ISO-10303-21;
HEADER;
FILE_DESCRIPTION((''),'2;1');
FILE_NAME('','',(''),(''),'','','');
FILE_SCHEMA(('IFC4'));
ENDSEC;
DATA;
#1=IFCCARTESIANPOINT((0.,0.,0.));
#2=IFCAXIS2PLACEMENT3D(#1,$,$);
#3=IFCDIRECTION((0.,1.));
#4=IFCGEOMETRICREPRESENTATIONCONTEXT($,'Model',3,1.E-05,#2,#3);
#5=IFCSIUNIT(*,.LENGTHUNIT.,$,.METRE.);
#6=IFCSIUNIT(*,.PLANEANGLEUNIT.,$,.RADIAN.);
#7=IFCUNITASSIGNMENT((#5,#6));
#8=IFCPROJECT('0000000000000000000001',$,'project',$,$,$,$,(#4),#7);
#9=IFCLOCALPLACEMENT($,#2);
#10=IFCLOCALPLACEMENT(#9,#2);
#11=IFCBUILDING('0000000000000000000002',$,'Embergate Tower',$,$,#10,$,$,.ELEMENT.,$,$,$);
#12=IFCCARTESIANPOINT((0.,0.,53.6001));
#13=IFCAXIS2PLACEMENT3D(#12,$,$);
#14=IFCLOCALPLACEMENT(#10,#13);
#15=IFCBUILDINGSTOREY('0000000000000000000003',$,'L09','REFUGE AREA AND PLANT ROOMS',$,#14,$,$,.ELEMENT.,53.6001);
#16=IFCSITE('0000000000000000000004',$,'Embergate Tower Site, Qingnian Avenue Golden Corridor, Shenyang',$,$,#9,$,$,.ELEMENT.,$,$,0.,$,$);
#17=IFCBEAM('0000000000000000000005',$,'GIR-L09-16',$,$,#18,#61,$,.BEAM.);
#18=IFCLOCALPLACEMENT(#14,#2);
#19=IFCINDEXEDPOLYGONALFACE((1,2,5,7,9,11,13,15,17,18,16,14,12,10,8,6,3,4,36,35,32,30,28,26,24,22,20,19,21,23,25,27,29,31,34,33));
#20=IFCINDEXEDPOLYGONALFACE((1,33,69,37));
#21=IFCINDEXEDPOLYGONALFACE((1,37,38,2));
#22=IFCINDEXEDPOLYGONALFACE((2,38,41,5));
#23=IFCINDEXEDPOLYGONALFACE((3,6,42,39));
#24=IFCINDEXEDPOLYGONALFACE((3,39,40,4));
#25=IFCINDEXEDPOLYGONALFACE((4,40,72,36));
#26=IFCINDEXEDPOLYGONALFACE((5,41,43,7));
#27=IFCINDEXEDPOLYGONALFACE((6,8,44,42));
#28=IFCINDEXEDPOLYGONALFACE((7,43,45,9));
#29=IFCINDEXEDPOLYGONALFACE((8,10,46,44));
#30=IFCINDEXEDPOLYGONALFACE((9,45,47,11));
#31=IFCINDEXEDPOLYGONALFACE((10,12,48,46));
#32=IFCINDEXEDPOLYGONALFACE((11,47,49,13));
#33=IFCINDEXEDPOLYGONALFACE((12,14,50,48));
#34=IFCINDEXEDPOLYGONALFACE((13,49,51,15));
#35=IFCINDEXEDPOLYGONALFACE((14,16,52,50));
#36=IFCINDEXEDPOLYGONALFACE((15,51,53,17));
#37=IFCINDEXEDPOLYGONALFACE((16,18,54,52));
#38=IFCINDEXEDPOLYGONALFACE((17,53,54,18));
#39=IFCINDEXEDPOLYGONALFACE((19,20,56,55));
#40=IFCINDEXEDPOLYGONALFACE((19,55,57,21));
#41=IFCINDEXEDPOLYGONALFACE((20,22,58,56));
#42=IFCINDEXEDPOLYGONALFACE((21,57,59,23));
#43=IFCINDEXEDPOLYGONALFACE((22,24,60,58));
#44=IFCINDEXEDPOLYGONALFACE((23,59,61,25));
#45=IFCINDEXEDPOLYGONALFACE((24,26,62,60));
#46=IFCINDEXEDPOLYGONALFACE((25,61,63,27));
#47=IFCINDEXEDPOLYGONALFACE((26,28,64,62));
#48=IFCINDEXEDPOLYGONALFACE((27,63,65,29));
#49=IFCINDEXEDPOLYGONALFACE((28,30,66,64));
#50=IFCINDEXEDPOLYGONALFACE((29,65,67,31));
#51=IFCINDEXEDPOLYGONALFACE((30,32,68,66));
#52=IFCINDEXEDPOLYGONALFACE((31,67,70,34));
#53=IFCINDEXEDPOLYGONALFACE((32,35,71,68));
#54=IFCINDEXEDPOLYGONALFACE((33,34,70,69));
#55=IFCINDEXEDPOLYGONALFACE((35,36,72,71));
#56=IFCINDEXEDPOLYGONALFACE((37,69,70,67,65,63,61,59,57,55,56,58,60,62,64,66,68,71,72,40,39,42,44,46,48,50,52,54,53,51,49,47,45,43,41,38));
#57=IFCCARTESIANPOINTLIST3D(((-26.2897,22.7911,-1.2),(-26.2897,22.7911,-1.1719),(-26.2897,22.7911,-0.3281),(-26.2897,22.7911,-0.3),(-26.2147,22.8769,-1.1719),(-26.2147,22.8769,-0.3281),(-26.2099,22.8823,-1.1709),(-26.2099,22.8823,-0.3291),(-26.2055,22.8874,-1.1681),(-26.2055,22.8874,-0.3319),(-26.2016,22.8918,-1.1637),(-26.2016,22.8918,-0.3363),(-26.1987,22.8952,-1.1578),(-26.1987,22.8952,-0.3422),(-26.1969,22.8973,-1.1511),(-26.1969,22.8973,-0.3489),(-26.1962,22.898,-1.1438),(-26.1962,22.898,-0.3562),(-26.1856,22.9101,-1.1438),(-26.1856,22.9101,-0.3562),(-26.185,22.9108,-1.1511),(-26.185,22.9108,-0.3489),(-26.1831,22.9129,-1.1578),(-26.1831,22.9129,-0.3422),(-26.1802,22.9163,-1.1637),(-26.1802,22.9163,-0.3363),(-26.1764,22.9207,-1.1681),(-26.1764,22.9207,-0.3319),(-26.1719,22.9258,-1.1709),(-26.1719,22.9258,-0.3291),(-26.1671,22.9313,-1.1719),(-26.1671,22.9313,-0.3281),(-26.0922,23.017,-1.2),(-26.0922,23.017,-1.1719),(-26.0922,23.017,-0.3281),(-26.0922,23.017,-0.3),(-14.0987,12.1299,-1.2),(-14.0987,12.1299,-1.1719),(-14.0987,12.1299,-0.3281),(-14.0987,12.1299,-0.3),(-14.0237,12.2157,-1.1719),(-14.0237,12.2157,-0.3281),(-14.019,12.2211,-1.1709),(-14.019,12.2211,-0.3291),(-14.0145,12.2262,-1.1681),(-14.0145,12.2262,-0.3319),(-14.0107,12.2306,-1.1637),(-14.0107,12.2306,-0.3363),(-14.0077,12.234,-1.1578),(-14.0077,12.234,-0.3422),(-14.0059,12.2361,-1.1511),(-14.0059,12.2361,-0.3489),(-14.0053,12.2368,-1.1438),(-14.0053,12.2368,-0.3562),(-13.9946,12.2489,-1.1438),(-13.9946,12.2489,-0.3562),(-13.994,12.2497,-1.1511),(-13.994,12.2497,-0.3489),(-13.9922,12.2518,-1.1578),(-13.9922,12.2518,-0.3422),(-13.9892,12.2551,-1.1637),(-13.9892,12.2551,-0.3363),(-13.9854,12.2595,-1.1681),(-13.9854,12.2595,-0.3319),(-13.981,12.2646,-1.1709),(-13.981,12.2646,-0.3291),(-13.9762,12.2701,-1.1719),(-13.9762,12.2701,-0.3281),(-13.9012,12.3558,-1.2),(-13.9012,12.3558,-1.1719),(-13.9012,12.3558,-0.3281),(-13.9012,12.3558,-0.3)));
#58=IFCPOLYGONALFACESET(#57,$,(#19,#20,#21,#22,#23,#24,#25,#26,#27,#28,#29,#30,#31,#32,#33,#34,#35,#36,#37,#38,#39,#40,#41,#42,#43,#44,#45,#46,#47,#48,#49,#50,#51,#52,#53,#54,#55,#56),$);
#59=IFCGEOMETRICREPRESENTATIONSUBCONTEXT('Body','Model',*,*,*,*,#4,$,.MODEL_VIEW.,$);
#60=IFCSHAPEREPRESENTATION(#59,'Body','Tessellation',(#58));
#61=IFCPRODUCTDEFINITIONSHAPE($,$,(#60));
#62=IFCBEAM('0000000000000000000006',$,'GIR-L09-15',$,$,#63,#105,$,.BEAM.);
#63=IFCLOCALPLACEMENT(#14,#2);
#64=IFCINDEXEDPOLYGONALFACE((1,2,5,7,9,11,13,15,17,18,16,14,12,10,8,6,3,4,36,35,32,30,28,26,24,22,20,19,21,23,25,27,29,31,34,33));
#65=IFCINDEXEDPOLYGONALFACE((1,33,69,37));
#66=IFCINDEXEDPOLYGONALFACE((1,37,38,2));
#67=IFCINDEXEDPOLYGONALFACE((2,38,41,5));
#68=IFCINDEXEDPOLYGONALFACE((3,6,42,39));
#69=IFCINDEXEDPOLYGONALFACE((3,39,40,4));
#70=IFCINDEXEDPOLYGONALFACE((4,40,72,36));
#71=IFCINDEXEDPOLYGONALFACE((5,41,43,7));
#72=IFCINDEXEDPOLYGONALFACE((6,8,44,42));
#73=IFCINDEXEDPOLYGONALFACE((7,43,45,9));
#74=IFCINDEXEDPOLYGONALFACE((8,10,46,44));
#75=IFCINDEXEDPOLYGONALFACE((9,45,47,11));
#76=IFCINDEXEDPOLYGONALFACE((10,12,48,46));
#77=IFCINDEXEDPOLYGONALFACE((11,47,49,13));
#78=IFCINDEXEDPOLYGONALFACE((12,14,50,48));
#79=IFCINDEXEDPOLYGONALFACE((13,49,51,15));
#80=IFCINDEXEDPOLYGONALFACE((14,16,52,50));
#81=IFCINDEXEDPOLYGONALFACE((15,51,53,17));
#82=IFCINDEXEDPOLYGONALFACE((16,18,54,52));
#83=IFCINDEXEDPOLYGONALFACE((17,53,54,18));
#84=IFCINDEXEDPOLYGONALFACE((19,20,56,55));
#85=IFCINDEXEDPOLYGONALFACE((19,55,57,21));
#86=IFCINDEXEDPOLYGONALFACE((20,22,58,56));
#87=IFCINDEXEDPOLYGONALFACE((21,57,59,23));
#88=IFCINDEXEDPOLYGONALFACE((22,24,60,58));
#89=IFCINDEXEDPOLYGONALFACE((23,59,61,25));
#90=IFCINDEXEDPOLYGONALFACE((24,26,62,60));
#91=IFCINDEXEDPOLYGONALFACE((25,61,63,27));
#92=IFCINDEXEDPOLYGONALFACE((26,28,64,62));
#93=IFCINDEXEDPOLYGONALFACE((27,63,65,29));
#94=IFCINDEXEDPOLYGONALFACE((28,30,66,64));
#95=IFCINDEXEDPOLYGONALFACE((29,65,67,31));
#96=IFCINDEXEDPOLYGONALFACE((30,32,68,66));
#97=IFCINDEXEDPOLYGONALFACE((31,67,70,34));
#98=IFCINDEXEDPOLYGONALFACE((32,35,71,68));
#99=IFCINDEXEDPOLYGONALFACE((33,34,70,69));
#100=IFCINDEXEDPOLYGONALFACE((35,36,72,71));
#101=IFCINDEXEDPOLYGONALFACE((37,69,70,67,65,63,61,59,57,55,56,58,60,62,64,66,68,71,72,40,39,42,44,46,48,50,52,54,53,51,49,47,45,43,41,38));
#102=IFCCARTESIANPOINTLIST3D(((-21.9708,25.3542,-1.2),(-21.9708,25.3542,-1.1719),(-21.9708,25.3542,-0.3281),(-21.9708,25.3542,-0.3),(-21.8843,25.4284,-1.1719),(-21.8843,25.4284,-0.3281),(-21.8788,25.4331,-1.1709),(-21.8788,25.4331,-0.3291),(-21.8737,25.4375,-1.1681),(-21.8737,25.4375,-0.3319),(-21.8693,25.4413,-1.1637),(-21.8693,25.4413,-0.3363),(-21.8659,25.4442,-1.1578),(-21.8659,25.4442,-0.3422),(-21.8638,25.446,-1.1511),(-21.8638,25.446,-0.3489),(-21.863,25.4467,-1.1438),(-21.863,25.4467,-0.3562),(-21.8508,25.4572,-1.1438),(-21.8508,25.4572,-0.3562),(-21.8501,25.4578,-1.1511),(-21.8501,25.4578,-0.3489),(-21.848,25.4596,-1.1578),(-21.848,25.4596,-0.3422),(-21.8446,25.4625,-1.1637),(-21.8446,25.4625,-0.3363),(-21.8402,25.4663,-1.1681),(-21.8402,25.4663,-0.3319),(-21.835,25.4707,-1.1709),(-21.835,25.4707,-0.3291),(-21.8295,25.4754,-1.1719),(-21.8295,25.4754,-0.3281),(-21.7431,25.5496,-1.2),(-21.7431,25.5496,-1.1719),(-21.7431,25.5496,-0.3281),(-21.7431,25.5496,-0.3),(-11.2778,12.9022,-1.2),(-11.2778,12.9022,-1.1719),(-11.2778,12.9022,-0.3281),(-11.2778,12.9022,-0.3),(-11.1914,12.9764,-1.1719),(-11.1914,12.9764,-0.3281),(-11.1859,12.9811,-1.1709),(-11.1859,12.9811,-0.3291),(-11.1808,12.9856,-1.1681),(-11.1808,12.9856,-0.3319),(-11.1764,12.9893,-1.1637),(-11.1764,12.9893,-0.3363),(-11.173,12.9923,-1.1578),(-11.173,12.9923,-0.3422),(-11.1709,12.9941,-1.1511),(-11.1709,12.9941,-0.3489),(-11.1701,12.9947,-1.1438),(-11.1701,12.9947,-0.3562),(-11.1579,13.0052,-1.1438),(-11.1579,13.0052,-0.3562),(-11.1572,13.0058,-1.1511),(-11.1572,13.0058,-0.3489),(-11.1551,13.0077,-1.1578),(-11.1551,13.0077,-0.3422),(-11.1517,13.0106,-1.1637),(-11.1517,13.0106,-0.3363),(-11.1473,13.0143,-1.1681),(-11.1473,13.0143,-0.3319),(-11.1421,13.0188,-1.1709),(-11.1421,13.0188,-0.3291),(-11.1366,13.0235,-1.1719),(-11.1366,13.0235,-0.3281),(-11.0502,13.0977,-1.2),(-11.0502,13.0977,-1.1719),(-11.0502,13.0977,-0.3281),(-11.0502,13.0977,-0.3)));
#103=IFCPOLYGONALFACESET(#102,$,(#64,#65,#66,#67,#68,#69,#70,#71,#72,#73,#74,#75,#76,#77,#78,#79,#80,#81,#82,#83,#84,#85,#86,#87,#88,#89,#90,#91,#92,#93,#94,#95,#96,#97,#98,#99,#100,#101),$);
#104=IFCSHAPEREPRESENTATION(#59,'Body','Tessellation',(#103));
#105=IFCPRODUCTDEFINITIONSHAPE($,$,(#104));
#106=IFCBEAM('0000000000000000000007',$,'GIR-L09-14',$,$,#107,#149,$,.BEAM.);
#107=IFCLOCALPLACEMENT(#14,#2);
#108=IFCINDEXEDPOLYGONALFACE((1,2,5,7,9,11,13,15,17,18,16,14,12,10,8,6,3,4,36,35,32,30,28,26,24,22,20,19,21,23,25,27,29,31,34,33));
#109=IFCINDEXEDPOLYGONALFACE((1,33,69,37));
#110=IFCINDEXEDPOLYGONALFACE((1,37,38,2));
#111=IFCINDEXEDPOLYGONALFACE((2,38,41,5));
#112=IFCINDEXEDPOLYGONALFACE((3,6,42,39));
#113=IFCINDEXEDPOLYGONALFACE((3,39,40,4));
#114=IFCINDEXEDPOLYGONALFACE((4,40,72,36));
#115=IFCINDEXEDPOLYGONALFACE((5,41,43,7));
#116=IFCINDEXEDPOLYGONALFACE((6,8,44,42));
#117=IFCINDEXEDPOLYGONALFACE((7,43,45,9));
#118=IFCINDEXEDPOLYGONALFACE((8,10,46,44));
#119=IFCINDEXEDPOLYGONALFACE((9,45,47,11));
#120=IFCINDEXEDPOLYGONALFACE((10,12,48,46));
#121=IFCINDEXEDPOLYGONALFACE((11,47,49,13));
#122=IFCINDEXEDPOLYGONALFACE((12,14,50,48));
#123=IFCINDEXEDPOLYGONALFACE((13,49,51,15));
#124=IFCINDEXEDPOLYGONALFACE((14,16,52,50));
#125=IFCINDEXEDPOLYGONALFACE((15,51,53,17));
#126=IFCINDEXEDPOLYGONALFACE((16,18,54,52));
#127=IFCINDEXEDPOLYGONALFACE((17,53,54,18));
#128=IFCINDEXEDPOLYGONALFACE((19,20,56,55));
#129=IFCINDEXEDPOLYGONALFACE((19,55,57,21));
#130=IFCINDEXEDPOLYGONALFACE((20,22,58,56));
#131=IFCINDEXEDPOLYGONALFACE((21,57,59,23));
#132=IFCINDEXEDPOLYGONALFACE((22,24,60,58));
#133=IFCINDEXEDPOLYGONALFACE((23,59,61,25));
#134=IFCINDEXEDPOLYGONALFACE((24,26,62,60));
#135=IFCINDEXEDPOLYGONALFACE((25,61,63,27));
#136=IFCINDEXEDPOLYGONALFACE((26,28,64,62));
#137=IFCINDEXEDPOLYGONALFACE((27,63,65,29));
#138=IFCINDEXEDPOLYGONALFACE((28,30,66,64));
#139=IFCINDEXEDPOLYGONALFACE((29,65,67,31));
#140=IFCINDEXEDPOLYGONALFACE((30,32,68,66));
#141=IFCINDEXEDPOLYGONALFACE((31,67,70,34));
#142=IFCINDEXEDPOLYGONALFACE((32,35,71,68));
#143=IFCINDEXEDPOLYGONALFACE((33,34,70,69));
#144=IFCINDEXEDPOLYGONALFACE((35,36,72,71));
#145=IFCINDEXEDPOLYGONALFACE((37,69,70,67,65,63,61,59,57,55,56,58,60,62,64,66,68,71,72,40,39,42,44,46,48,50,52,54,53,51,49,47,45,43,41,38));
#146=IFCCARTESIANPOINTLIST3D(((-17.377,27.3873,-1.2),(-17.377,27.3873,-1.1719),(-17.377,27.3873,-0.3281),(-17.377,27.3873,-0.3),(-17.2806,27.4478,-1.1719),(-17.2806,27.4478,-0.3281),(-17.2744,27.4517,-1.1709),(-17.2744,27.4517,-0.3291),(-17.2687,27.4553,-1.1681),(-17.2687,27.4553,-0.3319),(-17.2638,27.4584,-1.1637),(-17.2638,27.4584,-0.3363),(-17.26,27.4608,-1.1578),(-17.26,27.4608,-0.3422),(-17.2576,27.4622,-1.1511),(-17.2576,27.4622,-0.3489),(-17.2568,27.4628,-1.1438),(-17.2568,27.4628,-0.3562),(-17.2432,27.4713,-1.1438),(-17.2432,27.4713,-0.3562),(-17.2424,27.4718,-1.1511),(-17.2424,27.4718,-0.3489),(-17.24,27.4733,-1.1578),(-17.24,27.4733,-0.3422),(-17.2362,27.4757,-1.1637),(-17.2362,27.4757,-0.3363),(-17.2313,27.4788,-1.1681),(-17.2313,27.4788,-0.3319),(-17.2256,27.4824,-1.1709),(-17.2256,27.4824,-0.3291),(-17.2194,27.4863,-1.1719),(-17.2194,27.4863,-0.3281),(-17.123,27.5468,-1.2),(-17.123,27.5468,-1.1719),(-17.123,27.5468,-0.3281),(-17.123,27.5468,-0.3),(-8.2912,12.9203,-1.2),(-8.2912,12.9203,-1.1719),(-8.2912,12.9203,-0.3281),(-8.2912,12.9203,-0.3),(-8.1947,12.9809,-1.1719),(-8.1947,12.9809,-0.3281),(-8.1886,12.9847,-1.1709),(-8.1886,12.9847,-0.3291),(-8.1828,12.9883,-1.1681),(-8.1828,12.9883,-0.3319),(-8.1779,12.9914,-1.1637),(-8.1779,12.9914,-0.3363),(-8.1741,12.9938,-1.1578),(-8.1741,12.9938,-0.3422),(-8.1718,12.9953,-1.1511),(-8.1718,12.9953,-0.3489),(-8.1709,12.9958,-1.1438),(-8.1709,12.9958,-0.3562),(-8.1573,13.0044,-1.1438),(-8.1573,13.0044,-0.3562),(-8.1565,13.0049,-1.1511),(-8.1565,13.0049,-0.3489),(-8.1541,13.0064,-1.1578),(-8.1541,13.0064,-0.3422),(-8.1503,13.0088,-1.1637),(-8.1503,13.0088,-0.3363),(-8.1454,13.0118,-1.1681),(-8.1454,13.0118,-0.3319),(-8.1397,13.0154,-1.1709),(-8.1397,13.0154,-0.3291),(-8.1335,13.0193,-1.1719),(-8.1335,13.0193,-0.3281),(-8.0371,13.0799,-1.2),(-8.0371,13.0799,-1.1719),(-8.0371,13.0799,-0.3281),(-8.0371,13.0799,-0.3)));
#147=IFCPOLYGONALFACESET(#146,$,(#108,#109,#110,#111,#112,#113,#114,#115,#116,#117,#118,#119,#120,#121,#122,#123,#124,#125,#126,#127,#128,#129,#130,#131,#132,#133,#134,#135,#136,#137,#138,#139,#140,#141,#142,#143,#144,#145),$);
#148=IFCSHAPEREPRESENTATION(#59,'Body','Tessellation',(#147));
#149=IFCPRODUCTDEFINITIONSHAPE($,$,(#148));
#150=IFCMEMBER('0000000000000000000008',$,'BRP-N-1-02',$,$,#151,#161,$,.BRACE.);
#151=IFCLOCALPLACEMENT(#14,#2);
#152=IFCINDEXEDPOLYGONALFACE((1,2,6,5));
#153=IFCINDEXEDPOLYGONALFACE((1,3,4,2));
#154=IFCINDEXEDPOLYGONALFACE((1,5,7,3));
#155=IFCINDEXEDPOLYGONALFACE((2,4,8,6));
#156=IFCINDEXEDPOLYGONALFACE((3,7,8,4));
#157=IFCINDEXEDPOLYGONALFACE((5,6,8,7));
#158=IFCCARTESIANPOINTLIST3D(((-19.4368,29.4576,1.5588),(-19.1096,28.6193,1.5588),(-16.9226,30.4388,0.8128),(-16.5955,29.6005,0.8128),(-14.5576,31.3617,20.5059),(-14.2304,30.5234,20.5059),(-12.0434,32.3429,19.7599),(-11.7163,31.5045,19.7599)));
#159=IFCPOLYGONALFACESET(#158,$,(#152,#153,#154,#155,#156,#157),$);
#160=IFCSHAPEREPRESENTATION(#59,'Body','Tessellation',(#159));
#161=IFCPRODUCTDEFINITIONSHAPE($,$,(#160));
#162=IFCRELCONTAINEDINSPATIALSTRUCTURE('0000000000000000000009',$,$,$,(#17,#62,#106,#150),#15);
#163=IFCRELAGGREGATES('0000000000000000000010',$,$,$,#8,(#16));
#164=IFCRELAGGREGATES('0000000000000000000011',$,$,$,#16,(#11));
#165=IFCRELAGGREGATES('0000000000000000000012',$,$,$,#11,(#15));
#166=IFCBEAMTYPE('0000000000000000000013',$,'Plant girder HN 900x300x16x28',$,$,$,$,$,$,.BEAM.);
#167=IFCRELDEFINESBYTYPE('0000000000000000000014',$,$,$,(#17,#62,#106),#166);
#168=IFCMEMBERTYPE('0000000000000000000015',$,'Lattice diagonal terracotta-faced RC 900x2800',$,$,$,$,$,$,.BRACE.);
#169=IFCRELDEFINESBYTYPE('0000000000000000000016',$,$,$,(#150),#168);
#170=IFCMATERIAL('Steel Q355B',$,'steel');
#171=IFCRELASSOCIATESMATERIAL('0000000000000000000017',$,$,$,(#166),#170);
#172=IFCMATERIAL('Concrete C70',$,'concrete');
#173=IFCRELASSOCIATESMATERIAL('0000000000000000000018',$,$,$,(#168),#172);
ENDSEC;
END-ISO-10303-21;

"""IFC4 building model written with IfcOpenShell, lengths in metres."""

from ifc_helpers import new_model, si_unit, direction, frame, origin, origin_2d, place, context, subcontext, project, spatial, rectangle, i_section, extrude, source, transform, mapped, material, material_profile, profile_set, type_object, element, save


model = new_model("IFC4")

# Units and contexts
model_context = context("Model", 3, precision=1e-05, world=origin(), true_north=direction((0.0, 1.0)))
body_context = subcontext(model_context, "Body", "Model", "MODEL_VIEW")
ifc_project = project(units=[si_unit("LENGTHUNIT", "METRE"), si_unit("PLANEANGLEUNIT", "RADIAN")], contexts=[model_context])

# Site, building, storey
site_placement = place(None, origin())
site = spatial("IfcSite", under=ifc_project, at=site_placement, Name="Embergate Tower Site, Qingnian Avenue Golden Corridor, Shenyang", CompositionType="ELEMENT", RefElevation=0.0)
building_placement = place(site_placement, origin())
building = spatial("IfcBuilding", under=site, at=building_placement, Name="Embergate Tower", CompositionType="ELEMENT")
storey_placement = place(building_placement, frame((0.0, 0.0, 53.6001)))
storey = spatial("IfcBuildingStorey", under=building, at=storey_placement, Name="L09", Description="REFUGE AREA AND PLANT ROOMS", CompositionType="ELEMENT", Elevation=53.6001)

# Shared definitions
ifc_material_1 = material(Name="Concrete C70", Category="concrete")

# Beams
ifc_material_2 = material(Name="Steel Q355B", Category="steel")
ifc_material_profile_1 = material_profile(ifc_material_2, i_section(OverallWidth=0.3, OverallDepth=0.8999, WebThickness=0.0161, FlangeThickness=0.0281, FilletRadius=0.0281, at=origin_2d()), Name="HN 900x300x16x28")
ifc_profile_set_1 = profile_set([ifc_material_profile_1], Name="Steel Q355 grade B")
beam_type_1 = type_object("IfcBeamType", Name="Plant girder HN 900x300x16x28", PredefinedType="BEAM", material=ifc_profile_set_1)
shared_shape_1 = source(origin(), body_context, "Body", "SweptSolid", [
    extrude(i_section(OverallWidth=0.3, OverallDepth=0.8999, WebThickness=0.0161, FlangeThickness=0.0281, FilletRadius=0.0281, at=origin_2d()), origin(), (0.0, 0.0, 1.0), 16.1951),
])
beam_1_placement = place(storey_placement, frame((-26.1909, 22.9041, -0.75), z_axis=(0.752758, -0.658298, 0.0), x_axis=(0.658298, 0.752758, 0.0)))
element("IfcBeam", 1, at=beam_1_placement, inside=storey, type_object=beam_type_1, Name="GIR-L09-16", PredefinedType="BEAM", context=body_context, shape_type="MappedRepresentation", body=[
    mapped(shared_shape_1, transform((0.0, 0.0, 0.0))),
])
shared_shape_2 = source(origin(), body_context, "Body", "SweptSolid", [
    extrude(i_section(OverallWidth=0.3, OverallDepth=0.8999, WebThickness=0.0161, FlangeThickness=0.0281, FilletRadius=0.0281, at=origin_2d()), origin(), (0.0, 0.0, 1.0), 16.4131),
])
beam_2_placement = place(storey_placement, frame((-21.8569, 25.4519, -0.75), z_axis=(0.651487, -0.75866, 0.0), x_axis=(0.75866, 0.651487, 0.0)))
element("IfcBeam", 2, at=beam_2_placement, inside=storey, type_object=beam_type_1, Name="GIR-L09-15", PredefinedType="BEAM", context=body_context, shape_type="MappedRepresentation", body=[
    mapped(shared_shape_2, transform((0.0, 0.0, 0.0))),
])
shared_shape_3 = source(origin(), body_context, "Body", "SweptSolid", [
    extrude(i_section(OverallWidth=0.3, OverallDepth=0.8999, WebThickness=0.0161, FlangeThickness=0.0281, FilletRadius=0.0281, at=origin_2d()), origin(), (0.0, 0.0, 1.0), 17.0835),
])
beam_3_placement = place(storey_placement, frame((-17.25, 27.467, -0.75), z_axis=(0.531851, -0.846838, 0.0), x_axis=(0.846838, 0.531851, 0.0)))
element("IfcBeam", 3, at=beam_3_placement, inside=storey, type_object=beam_type_1, Name="GIR-L09-14", PredefinedType="BEAM", context=body_context, shape_type="MappedRepresentation", body=[
    mapped(shared_shape_3, transform((0.0, 0.0, 0.0))),
])

# Member
ifc_material_profile_2 = material_profile(ifc_material_1, rectangle(XDim=0.8999, YDim=2.8, at=origin_2d()), Name="RC 900x2800")
ifc_profile_set_2 = profile_set([ifc_material_profile_2], Name="Concrete C70")
member_type = type_object("IfcMemberType", Name="Lattice diagonal terracotta-faced RC 900x2800", PredefinedType="BRACE", material=ifc_profile_set_2)
shared_shape_4 = source(origin(), body_context, "Body", "SweptSolid", [
    extrude(rectangle(XDim=0.8999, YDim=2.8, at=origin_2d()), origin(), (0.0, 0.0, 1.0), 19.6577),
])
member_placement = place(storey_placement, frame((-18.0161, 29.5291, 1.1858), z_axis=(0.248207, 0.096861, 0.963852), x_axis=(-0.363541, 0.931578, 0.0)))
element("IfcMember", 4, at=member_placement, inside=storey, type_object=member_type, Name="BRP-N-1-02", PredefinedType="BRACE", context=body_context, shape_type="MappedRepresentation", body=[
    mapped(shared_shape_4, transform((0.0, 0.0, 0.0))),
])

save(model, "model.ifc")
